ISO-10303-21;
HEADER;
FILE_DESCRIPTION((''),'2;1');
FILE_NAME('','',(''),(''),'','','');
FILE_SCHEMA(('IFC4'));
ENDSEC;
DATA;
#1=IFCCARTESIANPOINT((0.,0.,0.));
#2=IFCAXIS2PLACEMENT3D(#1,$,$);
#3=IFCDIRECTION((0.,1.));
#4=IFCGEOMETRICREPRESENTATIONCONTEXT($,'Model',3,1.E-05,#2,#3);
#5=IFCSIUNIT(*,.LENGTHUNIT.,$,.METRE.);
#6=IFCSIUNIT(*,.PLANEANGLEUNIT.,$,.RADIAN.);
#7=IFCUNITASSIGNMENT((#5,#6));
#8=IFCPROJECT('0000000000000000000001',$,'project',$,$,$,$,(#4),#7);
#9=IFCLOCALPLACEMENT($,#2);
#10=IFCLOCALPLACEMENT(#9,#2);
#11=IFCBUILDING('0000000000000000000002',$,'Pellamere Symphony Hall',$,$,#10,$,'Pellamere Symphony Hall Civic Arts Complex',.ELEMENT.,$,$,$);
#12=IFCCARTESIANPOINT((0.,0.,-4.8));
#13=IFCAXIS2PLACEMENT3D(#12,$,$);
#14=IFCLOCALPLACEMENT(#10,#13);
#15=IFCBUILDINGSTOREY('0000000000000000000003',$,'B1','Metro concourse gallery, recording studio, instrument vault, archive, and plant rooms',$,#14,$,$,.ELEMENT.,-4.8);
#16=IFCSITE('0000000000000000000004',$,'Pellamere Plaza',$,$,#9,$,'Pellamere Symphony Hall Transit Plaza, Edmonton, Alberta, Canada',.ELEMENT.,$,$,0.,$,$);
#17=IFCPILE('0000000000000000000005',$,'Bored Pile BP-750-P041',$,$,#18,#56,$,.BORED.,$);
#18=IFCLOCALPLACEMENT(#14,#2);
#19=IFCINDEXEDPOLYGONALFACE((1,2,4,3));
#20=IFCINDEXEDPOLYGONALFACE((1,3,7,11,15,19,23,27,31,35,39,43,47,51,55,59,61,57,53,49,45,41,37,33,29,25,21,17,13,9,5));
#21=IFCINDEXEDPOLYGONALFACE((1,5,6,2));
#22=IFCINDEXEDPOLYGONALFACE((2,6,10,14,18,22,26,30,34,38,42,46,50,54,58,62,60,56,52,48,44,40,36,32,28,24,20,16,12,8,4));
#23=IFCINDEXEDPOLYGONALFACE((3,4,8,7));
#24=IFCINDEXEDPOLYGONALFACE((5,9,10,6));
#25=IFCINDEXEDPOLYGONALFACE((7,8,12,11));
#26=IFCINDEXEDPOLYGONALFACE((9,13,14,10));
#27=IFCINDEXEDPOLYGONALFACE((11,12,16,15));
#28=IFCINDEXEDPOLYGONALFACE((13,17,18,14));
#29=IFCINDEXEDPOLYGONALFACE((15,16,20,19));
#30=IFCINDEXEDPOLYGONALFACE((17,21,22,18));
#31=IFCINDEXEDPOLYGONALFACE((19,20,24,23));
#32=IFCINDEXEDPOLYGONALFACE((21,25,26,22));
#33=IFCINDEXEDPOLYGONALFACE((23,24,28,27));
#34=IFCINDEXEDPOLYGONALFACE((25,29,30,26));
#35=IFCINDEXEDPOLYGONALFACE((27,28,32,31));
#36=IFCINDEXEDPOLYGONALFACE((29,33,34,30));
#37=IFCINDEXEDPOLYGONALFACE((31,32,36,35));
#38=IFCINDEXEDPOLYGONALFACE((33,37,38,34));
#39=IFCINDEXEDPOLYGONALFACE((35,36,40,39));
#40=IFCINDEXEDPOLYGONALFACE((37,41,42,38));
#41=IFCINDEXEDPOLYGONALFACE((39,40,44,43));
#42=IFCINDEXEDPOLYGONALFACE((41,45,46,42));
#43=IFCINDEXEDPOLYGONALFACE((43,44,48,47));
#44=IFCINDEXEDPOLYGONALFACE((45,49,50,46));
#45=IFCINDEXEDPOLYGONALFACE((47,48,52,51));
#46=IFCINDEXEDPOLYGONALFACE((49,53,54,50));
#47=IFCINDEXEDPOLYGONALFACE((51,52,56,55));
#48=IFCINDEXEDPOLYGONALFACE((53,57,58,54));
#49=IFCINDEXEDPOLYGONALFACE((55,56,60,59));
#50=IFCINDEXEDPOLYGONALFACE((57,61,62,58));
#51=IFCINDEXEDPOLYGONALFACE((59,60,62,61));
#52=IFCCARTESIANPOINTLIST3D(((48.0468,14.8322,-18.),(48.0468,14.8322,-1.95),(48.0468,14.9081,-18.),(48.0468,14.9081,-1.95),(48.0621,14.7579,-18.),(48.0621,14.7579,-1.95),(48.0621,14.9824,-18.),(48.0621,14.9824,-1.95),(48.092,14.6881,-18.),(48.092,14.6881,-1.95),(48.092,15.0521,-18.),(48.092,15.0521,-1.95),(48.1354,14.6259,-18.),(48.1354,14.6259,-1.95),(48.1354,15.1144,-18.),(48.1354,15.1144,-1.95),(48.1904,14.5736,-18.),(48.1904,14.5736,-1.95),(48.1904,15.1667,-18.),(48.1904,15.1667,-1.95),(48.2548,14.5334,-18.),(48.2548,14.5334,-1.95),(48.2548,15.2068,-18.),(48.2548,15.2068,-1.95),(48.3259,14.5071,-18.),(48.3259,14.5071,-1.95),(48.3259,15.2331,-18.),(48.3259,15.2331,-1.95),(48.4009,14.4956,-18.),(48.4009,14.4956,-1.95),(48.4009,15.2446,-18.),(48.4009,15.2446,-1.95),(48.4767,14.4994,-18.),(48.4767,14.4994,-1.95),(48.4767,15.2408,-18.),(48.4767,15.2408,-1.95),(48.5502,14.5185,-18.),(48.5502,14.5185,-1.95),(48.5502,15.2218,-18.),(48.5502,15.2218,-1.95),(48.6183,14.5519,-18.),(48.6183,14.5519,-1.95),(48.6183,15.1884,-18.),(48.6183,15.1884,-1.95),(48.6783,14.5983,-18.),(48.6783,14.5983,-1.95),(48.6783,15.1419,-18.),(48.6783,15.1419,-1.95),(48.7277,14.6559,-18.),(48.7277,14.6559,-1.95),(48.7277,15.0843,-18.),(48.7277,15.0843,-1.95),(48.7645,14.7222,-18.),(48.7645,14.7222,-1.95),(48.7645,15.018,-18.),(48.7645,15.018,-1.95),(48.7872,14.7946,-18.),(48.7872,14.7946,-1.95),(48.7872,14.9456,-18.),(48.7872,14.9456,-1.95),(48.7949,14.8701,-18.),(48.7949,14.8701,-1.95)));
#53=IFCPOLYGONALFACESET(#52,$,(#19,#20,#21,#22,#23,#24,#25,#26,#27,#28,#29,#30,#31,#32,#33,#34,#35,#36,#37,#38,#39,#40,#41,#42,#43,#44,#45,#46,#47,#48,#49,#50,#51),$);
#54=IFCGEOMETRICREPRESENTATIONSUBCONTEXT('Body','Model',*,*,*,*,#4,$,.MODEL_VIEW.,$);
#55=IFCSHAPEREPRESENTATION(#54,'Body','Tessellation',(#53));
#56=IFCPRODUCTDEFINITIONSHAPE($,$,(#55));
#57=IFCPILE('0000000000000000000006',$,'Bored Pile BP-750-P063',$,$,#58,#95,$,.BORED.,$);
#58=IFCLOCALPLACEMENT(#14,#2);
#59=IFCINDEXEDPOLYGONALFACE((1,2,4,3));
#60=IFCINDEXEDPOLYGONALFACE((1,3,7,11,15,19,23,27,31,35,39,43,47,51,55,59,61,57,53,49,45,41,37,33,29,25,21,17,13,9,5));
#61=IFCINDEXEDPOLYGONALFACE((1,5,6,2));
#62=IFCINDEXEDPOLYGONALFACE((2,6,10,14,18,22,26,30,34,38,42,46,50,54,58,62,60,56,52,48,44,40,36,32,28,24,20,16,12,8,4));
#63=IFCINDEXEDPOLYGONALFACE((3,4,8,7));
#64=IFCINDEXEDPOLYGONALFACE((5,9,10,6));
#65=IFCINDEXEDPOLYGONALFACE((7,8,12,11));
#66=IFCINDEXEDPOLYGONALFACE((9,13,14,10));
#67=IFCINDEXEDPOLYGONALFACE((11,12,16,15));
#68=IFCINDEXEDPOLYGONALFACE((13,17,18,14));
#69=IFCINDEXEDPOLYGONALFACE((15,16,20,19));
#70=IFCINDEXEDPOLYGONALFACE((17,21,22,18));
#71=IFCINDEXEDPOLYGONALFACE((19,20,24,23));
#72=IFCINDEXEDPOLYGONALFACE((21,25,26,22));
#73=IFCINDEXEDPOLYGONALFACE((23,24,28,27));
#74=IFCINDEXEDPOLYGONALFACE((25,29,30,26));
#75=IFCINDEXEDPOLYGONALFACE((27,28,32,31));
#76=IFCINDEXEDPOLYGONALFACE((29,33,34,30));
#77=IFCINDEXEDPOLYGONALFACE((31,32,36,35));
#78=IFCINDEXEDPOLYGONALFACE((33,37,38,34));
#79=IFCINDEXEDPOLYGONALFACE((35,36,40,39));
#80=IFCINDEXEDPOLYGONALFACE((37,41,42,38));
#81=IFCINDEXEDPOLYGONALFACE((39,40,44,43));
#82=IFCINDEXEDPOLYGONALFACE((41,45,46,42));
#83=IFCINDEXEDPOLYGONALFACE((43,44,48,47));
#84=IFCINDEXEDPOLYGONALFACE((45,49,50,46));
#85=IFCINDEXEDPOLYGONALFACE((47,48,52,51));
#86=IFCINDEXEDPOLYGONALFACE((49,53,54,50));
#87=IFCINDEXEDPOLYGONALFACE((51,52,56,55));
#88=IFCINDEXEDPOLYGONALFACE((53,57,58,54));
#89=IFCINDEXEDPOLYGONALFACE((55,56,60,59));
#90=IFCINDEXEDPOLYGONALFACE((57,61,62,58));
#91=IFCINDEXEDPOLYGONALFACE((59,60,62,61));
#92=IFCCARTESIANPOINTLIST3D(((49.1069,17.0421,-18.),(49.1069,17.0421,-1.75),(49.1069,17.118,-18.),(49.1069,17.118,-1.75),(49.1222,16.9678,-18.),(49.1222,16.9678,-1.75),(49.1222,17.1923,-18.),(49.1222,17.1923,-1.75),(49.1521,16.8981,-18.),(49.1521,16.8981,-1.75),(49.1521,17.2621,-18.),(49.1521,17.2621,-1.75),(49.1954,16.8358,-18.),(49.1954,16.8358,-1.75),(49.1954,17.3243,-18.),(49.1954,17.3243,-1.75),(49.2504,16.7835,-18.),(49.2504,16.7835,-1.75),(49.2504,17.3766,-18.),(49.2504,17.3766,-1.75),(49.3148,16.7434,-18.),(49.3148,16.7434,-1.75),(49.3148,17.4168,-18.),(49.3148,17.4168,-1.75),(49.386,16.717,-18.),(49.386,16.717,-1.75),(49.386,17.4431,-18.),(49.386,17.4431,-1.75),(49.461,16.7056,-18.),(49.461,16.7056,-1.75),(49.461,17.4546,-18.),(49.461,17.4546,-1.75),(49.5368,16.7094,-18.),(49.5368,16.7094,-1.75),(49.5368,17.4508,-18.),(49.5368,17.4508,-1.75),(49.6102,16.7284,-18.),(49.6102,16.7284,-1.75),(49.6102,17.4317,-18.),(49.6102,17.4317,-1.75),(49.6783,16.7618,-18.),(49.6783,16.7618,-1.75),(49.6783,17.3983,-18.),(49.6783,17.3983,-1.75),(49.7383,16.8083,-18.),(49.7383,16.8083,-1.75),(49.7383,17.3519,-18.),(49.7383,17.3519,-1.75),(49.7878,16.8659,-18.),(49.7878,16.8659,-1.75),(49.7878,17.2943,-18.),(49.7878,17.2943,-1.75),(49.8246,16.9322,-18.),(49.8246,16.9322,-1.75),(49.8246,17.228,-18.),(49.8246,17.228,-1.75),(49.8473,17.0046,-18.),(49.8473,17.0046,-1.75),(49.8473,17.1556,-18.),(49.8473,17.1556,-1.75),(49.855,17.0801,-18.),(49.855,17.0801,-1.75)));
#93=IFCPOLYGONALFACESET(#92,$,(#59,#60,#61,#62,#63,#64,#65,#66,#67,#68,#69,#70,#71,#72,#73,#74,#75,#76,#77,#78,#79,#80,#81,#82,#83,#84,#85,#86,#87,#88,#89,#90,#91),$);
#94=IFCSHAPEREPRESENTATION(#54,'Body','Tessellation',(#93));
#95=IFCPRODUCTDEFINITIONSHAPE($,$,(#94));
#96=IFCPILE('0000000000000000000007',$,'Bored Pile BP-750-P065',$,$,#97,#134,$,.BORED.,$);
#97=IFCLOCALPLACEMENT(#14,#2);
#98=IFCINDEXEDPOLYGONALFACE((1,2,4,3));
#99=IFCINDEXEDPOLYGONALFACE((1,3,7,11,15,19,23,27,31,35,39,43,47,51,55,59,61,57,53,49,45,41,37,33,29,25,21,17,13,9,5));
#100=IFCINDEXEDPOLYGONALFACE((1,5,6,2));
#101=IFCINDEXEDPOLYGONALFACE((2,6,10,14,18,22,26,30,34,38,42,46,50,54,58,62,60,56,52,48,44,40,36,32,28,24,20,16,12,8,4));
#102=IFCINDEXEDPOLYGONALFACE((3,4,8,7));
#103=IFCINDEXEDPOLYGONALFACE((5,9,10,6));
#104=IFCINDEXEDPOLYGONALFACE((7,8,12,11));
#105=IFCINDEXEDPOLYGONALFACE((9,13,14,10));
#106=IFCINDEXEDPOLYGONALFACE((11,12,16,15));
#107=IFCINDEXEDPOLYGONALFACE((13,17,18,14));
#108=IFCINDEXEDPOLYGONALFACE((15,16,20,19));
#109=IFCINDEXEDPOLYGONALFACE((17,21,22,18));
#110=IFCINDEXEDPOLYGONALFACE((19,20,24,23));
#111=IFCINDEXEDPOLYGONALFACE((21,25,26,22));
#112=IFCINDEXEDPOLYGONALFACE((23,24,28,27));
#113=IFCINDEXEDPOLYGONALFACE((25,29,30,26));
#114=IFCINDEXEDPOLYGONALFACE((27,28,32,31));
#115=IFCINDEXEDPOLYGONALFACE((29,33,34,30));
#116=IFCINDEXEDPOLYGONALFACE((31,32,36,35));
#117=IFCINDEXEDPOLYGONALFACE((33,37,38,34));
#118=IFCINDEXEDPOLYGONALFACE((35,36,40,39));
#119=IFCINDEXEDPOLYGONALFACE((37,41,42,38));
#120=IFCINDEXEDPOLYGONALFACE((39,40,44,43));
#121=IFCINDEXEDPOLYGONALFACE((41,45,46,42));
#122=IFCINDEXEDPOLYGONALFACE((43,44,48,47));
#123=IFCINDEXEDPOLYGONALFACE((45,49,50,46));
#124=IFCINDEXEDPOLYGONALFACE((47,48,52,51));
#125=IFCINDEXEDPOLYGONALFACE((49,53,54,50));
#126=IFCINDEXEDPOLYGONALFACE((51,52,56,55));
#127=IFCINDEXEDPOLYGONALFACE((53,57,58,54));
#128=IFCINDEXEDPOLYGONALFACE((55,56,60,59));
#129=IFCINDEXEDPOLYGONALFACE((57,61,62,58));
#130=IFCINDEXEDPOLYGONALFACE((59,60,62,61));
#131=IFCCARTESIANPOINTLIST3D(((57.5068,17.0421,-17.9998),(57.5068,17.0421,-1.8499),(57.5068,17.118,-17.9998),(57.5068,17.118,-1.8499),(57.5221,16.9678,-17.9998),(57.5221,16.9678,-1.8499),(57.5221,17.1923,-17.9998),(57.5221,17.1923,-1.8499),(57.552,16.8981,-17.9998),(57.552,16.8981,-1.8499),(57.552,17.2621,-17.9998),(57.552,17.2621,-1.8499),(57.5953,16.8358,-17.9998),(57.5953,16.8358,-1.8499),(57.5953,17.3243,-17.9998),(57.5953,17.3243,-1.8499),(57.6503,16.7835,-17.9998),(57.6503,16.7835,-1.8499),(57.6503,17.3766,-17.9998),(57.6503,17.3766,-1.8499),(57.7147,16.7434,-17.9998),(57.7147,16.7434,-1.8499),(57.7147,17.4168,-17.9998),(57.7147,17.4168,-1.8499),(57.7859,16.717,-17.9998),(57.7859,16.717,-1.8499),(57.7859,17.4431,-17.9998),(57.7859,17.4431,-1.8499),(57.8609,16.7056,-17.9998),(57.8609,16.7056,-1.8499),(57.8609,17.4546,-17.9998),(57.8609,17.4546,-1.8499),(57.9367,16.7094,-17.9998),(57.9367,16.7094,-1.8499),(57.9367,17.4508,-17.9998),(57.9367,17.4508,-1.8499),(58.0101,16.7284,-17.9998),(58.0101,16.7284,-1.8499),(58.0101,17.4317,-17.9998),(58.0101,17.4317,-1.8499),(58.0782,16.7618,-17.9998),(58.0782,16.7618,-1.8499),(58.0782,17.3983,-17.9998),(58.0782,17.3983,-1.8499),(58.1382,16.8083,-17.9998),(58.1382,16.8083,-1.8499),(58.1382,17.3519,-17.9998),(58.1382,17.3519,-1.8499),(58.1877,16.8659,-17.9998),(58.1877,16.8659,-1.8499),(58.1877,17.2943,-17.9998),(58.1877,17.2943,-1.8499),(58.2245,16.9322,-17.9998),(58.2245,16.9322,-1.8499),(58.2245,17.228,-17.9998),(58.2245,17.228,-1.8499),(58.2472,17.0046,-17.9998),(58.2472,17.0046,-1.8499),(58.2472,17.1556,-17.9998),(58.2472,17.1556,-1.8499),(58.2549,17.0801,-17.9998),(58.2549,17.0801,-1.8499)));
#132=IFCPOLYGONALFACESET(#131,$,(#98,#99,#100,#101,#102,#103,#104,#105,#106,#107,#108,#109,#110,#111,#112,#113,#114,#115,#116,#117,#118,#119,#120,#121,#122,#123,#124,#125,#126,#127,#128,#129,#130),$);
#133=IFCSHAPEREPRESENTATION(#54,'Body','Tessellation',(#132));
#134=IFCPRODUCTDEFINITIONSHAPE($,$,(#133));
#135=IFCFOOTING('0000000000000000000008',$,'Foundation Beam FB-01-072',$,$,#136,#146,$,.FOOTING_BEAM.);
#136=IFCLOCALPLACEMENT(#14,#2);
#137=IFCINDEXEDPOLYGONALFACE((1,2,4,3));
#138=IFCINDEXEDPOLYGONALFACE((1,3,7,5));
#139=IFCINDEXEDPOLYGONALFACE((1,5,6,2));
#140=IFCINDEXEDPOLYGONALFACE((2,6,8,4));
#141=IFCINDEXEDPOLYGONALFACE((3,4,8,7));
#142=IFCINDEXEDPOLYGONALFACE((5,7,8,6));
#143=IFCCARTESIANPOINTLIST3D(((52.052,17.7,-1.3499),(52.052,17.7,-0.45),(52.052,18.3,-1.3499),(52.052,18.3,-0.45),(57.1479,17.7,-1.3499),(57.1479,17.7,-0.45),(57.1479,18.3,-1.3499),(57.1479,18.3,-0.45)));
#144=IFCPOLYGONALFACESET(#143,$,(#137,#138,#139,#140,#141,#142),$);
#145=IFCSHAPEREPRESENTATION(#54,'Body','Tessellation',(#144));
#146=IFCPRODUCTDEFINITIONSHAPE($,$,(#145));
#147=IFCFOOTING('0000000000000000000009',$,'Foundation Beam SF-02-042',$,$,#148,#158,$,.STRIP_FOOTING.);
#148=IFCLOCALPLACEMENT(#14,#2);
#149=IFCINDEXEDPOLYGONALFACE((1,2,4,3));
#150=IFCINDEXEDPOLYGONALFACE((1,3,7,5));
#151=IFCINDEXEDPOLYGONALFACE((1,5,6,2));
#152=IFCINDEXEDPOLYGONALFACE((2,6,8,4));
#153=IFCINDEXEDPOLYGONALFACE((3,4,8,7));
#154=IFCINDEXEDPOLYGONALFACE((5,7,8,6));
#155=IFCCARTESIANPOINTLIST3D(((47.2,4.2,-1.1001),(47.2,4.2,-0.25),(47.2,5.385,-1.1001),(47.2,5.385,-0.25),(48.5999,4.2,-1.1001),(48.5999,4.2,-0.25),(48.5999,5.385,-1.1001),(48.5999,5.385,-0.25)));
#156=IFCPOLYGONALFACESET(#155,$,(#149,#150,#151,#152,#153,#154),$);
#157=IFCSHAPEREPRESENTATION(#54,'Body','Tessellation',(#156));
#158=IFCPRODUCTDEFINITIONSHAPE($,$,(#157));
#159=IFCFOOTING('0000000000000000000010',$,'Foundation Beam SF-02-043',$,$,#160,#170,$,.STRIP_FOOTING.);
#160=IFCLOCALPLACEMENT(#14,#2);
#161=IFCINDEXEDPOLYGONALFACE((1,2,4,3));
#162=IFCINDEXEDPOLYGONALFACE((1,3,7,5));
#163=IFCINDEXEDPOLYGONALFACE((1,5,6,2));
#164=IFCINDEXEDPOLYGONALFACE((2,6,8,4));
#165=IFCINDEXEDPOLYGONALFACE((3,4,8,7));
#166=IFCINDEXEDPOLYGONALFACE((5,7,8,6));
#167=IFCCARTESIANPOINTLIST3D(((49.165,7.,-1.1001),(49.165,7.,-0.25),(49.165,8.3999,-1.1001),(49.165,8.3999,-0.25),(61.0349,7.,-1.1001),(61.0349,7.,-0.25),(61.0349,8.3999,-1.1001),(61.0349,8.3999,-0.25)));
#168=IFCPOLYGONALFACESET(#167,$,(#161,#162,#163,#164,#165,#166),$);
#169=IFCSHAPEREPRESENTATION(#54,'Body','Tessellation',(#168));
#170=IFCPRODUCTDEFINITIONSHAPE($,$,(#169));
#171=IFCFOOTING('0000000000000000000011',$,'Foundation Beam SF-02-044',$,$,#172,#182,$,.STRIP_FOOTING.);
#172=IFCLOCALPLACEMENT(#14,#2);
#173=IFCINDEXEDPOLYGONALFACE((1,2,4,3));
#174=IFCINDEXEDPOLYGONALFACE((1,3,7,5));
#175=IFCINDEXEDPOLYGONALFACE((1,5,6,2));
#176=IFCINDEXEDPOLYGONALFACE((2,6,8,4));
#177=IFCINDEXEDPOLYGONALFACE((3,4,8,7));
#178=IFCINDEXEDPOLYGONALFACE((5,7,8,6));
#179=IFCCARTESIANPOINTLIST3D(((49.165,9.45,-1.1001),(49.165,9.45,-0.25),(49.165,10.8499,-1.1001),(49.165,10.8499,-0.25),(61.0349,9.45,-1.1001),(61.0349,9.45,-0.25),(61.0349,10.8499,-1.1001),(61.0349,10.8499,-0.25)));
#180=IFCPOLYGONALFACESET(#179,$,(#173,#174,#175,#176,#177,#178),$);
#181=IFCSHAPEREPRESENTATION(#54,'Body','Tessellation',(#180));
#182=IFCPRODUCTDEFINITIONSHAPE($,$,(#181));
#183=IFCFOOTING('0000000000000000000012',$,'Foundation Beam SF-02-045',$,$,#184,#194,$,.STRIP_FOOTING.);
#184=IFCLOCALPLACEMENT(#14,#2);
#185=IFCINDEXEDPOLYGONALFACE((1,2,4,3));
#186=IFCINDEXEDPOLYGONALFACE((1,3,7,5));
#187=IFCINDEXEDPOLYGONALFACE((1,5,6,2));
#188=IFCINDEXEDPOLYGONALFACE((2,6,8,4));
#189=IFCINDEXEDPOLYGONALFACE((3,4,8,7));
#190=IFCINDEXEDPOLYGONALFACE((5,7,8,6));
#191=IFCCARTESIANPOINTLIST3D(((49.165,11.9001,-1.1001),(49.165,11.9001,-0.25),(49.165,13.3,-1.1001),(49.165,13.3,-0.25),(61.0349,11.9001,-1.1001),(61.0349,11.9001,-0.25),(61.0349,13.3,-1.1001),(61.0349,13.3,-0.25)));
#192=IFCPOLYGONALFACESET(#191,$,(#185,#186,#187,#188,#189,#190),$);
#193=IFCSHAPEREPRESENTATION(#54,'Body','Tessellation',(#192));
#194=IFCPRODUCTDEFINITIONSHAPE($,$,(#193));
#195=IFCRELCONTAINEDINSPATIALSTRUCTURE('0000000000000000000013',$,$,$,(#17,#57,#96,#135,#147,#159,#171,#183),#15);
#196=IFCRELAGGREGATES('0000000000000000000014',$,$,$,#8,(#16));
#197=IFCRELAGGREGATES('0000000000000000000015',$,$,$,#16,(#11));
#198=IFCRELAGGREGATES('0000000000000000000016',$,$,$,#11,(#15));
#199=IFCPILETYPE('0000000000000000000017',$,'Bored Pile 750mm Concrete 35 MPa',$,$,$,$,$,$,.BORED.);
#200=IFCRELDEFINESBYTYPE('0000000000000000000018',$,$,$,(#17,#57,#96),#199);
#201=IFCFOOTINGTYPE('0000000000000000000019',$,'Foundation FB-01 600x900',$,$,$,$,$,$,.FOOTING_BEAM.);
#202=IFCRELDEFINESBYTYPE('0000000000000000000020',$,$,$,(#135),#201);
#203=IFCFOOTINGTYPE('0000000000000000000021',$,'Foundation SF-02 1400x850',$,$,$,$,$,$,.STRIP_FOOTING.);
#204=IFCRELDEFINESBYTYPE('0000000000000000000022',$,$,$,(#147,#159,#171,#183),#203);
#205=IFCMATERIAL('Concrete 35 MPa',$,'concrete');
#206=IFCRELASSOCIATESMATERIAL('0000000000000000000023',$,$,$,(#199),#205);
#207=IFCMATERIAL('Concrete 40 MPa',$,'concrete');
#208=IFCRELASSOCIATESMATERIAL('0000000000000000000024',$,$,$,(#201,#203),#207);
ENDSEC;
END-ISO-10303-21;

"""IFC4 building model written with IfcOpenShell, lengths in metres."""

from ifc_helpers import new_model, si_unit, direction, frame, origin, origin_2d, place, context, subcontext, project, spatial, rectangle, circle, extrude, material, material_profile, profile_set, type_object, element, save


model = new_model("IFC4")

# Units and contexts
model_context = context("Model", 3, precision=1e-05, world=origin(), true_north=direction((0.0, 1.0)))
body_context = subcontext(model_context, "Body", "Model", "MODEL_VIEW")
ifc_project = project(units=[si_unit("LENGTHUNIT", "METRE"), si_unit("PLANEANGLEUNIT", "RADIAN")], contexts=[model_context])

# Site, building, storey
site_placement = place(None, origin())
site = spatial("IfcSite", under=ifc_project, at=site_placement, Name="Pellamere Plaza", LongName="Pellamere Symphony Hall Transit Plaza, Edmonton, Alberta, Canada", CompositionType="ELEMENT", RefElevation=0.0)
building_placement = place(site_placement, origin())
building = spatial("IfcBuilding", under=site, at=building_placement, Name="Pellamere Symphony Hall", LongName="Pellamere Symphony Hall Civic Arts Complex", CompositionType="ELEMENT")
storey_placement = place(building_placement, frame((0.0, 0.0, -4.8)))
storey = spatial("IfcBuildingStorey", under=building, at=storey_placement, Name="B1", Description="Metro concourse gallery, recording studio, instrument vault, archive, and plant rooms", CompositionType="ELEMENT", Elevation=-4.8)

# Piles
ifc_material_1 = material(Name="Concrete 35 MPa", Category="concrete")
ifc_material_profile_1 = material_profile(ifc_material_1, circle(Radius=0.375, at=origin_2d()), Name="PILE D750")
ifc_profile_set_1 = profile_set([ifc_material_profile_1], Name="Concrete 35 MPa")
pile_type = type_object("IfcPileType", Name="Bored Pile 750mm Concrete 35 MPa", PredefinedType="BORED", material=ifc_profile_set_1)
pile_1_placement = place(storey_placement, frame((48.4199, 14.8701, -1.95), z_axis=(0.0, 0.0, -1.0), x_axis=(1.0, 0.0, 0.0)))
element("IfcPile", 1, at=pile_1_placement, inside=storey, type_object=pile_type, Name="Bored Pile BP-750-P041", PredefinedType="BORED", context=body_context, shape_type="SweptSolid", body=[
    extrude(circle(Radius=0.375, at=origin_2d()), origin(), (0.0, 0.0, 1.0), 16.05),
])
pile_2_placement = place(storey_placement, frame((49.48, 17.0801, -1.75), z_axis=(0.0, 0.0, -1.0), x_axis=(1.0, 0.0, 0.0)))
element("IfcPile", 2, at=pile_2_placement, inside=storey, type_object=pile_type, Name="Bored Pile BP-750-P063", PredefinedType="BORED", context=body_context, shape_type="SweptSolid", body=[
    extrude(circle(Radius=0.375, at=origin_2d()), origin(), (0.0, 0.0, 1.0), 16.25),
])
pile_3_placement = place(storey_placement, frame((57.8799, 17.0801, -1.8499), z_axis=(0.0, 0.0, -1.0), x_axis=(1.0, 0.0, 0.0)))
element("IfcPile", 3, at=pile_3_placement, inside=storey, type_object=pile_type, Name="Bored Pile BP-750-P065", PredefinedType="BORED", context=body_context, shape_type="SweptSolid", body=[
    extrude(circle(Radius=0.375, at=origin_2d()), origin(), (0.0, 0.0, 1.0), 16.1499),
])

# Footings
ifc_material_2 = material(Name="Concrete 40 MPa", Category="concrete")
ifc_material_profile_2 = material_profile(ifc_material_2, rectangle(XDim=0.6001, YDim=0.8999, at=origin_2d()), Name="RC 600x900")
ifc_profile_set_2 = profile_set([ifc_material_profile_2], Name="Concrete 40 MPa")
footing_type_1 = type_object("IfcFootingType", Name="Foundation FB-01 600x900", PredefinedType="FOOTING_BEAM", material=ifc_profile_set_2)
footing_1_placement = place(storey_placement, frame((52.052, 18.0, -0.8999), z_axis=(1.0, 0.0, 0.0), x_axis=(0.0, 1.0, 0.0)))
element("IfcFooting", 4, at=footing_1_placement, inside=storey, type_object=footing_type_1, Name="Foundation Beam FB-01-072", PredefinedType="FOOTING_BEAM", context=body_context, shape_type="SweptSolid", body=[
    extrude(rectangle(XDim=0.6001, YDim=0.8999, at=origin_2d()), origin(), (0.0, 0.0, 1.0), 5.0959),
])
ifc_material_profile_3 = material_profile(ifc_material_2, rectangle(XDim=1.3999, YDim=0.8501, at=origin_2d()), Name="RC 1400x850")
ifc_profile_set_3 = profile_set([ifc_material_profile_3], Name="Concrete 40 MPa")
footing_type_2 = type_object("IfcFootingType", Name="Foundation SF-02 1400x850", PredefinedType="STRIP_FOOTING", material=ifc_profile_set_3)
footing_2_placement = place(storey_placement, frame((47.8999, 4.2, -0.675), z_axis=(0.0, 1.0, 0.0), x_axis=(-1.0, 0.0, 0.0)))
element("IfcFooting", 5, at=footing_2_placement, inside=storey, type_object=footing_type_2, Name="Foundation Beam SF-02-042", PredefinedType="STRIP_FOOTING", context=body_context, shape_type="SweptSolid", body=[
    extrude(rectangle(XDim=1.3999, YDim=0.8501, at=origin_2d()), origin(), (0.0, 0.0, 1.0), 1.1851),
])
for number, where, z_axis, x_axis, name in (
    (6, (49.165, 7.7, -0.675), (1.0, 0.0, 0.0), (0.0, 1.0, 0.0), "Foundation Beam SF-02-043"),
    (7, (49.165, 10.1499, -0.675), (1.0, 0.0, 0.0), (0.0, 1.0, 0.0), "Foundation Beam SF-02-044"),
    (8, (49.165, 12.6001, -0.675), (1.0, 0.0, 0.0), (0.0, 1.0, 0.0), "Foundation Beam SF-02-045"),
):
    element("IfcFooting", number, at=place(storey_placement, frame(where, z_axis=z_axis, x_axis=x_axis)), inside=storey, type_object=footing_type_2, Name=name, PredefinedType="STRIP_FOOTING", context=body_context, shape_type="SweptSolid", body=[
        extrude(rectangle(XDim=1.3999, YDim=0.8501, at=origin_2d()), origin(), (0.0, 0.0, 1.0), 11.8699),
    ])

save(model, "model.ifc")
